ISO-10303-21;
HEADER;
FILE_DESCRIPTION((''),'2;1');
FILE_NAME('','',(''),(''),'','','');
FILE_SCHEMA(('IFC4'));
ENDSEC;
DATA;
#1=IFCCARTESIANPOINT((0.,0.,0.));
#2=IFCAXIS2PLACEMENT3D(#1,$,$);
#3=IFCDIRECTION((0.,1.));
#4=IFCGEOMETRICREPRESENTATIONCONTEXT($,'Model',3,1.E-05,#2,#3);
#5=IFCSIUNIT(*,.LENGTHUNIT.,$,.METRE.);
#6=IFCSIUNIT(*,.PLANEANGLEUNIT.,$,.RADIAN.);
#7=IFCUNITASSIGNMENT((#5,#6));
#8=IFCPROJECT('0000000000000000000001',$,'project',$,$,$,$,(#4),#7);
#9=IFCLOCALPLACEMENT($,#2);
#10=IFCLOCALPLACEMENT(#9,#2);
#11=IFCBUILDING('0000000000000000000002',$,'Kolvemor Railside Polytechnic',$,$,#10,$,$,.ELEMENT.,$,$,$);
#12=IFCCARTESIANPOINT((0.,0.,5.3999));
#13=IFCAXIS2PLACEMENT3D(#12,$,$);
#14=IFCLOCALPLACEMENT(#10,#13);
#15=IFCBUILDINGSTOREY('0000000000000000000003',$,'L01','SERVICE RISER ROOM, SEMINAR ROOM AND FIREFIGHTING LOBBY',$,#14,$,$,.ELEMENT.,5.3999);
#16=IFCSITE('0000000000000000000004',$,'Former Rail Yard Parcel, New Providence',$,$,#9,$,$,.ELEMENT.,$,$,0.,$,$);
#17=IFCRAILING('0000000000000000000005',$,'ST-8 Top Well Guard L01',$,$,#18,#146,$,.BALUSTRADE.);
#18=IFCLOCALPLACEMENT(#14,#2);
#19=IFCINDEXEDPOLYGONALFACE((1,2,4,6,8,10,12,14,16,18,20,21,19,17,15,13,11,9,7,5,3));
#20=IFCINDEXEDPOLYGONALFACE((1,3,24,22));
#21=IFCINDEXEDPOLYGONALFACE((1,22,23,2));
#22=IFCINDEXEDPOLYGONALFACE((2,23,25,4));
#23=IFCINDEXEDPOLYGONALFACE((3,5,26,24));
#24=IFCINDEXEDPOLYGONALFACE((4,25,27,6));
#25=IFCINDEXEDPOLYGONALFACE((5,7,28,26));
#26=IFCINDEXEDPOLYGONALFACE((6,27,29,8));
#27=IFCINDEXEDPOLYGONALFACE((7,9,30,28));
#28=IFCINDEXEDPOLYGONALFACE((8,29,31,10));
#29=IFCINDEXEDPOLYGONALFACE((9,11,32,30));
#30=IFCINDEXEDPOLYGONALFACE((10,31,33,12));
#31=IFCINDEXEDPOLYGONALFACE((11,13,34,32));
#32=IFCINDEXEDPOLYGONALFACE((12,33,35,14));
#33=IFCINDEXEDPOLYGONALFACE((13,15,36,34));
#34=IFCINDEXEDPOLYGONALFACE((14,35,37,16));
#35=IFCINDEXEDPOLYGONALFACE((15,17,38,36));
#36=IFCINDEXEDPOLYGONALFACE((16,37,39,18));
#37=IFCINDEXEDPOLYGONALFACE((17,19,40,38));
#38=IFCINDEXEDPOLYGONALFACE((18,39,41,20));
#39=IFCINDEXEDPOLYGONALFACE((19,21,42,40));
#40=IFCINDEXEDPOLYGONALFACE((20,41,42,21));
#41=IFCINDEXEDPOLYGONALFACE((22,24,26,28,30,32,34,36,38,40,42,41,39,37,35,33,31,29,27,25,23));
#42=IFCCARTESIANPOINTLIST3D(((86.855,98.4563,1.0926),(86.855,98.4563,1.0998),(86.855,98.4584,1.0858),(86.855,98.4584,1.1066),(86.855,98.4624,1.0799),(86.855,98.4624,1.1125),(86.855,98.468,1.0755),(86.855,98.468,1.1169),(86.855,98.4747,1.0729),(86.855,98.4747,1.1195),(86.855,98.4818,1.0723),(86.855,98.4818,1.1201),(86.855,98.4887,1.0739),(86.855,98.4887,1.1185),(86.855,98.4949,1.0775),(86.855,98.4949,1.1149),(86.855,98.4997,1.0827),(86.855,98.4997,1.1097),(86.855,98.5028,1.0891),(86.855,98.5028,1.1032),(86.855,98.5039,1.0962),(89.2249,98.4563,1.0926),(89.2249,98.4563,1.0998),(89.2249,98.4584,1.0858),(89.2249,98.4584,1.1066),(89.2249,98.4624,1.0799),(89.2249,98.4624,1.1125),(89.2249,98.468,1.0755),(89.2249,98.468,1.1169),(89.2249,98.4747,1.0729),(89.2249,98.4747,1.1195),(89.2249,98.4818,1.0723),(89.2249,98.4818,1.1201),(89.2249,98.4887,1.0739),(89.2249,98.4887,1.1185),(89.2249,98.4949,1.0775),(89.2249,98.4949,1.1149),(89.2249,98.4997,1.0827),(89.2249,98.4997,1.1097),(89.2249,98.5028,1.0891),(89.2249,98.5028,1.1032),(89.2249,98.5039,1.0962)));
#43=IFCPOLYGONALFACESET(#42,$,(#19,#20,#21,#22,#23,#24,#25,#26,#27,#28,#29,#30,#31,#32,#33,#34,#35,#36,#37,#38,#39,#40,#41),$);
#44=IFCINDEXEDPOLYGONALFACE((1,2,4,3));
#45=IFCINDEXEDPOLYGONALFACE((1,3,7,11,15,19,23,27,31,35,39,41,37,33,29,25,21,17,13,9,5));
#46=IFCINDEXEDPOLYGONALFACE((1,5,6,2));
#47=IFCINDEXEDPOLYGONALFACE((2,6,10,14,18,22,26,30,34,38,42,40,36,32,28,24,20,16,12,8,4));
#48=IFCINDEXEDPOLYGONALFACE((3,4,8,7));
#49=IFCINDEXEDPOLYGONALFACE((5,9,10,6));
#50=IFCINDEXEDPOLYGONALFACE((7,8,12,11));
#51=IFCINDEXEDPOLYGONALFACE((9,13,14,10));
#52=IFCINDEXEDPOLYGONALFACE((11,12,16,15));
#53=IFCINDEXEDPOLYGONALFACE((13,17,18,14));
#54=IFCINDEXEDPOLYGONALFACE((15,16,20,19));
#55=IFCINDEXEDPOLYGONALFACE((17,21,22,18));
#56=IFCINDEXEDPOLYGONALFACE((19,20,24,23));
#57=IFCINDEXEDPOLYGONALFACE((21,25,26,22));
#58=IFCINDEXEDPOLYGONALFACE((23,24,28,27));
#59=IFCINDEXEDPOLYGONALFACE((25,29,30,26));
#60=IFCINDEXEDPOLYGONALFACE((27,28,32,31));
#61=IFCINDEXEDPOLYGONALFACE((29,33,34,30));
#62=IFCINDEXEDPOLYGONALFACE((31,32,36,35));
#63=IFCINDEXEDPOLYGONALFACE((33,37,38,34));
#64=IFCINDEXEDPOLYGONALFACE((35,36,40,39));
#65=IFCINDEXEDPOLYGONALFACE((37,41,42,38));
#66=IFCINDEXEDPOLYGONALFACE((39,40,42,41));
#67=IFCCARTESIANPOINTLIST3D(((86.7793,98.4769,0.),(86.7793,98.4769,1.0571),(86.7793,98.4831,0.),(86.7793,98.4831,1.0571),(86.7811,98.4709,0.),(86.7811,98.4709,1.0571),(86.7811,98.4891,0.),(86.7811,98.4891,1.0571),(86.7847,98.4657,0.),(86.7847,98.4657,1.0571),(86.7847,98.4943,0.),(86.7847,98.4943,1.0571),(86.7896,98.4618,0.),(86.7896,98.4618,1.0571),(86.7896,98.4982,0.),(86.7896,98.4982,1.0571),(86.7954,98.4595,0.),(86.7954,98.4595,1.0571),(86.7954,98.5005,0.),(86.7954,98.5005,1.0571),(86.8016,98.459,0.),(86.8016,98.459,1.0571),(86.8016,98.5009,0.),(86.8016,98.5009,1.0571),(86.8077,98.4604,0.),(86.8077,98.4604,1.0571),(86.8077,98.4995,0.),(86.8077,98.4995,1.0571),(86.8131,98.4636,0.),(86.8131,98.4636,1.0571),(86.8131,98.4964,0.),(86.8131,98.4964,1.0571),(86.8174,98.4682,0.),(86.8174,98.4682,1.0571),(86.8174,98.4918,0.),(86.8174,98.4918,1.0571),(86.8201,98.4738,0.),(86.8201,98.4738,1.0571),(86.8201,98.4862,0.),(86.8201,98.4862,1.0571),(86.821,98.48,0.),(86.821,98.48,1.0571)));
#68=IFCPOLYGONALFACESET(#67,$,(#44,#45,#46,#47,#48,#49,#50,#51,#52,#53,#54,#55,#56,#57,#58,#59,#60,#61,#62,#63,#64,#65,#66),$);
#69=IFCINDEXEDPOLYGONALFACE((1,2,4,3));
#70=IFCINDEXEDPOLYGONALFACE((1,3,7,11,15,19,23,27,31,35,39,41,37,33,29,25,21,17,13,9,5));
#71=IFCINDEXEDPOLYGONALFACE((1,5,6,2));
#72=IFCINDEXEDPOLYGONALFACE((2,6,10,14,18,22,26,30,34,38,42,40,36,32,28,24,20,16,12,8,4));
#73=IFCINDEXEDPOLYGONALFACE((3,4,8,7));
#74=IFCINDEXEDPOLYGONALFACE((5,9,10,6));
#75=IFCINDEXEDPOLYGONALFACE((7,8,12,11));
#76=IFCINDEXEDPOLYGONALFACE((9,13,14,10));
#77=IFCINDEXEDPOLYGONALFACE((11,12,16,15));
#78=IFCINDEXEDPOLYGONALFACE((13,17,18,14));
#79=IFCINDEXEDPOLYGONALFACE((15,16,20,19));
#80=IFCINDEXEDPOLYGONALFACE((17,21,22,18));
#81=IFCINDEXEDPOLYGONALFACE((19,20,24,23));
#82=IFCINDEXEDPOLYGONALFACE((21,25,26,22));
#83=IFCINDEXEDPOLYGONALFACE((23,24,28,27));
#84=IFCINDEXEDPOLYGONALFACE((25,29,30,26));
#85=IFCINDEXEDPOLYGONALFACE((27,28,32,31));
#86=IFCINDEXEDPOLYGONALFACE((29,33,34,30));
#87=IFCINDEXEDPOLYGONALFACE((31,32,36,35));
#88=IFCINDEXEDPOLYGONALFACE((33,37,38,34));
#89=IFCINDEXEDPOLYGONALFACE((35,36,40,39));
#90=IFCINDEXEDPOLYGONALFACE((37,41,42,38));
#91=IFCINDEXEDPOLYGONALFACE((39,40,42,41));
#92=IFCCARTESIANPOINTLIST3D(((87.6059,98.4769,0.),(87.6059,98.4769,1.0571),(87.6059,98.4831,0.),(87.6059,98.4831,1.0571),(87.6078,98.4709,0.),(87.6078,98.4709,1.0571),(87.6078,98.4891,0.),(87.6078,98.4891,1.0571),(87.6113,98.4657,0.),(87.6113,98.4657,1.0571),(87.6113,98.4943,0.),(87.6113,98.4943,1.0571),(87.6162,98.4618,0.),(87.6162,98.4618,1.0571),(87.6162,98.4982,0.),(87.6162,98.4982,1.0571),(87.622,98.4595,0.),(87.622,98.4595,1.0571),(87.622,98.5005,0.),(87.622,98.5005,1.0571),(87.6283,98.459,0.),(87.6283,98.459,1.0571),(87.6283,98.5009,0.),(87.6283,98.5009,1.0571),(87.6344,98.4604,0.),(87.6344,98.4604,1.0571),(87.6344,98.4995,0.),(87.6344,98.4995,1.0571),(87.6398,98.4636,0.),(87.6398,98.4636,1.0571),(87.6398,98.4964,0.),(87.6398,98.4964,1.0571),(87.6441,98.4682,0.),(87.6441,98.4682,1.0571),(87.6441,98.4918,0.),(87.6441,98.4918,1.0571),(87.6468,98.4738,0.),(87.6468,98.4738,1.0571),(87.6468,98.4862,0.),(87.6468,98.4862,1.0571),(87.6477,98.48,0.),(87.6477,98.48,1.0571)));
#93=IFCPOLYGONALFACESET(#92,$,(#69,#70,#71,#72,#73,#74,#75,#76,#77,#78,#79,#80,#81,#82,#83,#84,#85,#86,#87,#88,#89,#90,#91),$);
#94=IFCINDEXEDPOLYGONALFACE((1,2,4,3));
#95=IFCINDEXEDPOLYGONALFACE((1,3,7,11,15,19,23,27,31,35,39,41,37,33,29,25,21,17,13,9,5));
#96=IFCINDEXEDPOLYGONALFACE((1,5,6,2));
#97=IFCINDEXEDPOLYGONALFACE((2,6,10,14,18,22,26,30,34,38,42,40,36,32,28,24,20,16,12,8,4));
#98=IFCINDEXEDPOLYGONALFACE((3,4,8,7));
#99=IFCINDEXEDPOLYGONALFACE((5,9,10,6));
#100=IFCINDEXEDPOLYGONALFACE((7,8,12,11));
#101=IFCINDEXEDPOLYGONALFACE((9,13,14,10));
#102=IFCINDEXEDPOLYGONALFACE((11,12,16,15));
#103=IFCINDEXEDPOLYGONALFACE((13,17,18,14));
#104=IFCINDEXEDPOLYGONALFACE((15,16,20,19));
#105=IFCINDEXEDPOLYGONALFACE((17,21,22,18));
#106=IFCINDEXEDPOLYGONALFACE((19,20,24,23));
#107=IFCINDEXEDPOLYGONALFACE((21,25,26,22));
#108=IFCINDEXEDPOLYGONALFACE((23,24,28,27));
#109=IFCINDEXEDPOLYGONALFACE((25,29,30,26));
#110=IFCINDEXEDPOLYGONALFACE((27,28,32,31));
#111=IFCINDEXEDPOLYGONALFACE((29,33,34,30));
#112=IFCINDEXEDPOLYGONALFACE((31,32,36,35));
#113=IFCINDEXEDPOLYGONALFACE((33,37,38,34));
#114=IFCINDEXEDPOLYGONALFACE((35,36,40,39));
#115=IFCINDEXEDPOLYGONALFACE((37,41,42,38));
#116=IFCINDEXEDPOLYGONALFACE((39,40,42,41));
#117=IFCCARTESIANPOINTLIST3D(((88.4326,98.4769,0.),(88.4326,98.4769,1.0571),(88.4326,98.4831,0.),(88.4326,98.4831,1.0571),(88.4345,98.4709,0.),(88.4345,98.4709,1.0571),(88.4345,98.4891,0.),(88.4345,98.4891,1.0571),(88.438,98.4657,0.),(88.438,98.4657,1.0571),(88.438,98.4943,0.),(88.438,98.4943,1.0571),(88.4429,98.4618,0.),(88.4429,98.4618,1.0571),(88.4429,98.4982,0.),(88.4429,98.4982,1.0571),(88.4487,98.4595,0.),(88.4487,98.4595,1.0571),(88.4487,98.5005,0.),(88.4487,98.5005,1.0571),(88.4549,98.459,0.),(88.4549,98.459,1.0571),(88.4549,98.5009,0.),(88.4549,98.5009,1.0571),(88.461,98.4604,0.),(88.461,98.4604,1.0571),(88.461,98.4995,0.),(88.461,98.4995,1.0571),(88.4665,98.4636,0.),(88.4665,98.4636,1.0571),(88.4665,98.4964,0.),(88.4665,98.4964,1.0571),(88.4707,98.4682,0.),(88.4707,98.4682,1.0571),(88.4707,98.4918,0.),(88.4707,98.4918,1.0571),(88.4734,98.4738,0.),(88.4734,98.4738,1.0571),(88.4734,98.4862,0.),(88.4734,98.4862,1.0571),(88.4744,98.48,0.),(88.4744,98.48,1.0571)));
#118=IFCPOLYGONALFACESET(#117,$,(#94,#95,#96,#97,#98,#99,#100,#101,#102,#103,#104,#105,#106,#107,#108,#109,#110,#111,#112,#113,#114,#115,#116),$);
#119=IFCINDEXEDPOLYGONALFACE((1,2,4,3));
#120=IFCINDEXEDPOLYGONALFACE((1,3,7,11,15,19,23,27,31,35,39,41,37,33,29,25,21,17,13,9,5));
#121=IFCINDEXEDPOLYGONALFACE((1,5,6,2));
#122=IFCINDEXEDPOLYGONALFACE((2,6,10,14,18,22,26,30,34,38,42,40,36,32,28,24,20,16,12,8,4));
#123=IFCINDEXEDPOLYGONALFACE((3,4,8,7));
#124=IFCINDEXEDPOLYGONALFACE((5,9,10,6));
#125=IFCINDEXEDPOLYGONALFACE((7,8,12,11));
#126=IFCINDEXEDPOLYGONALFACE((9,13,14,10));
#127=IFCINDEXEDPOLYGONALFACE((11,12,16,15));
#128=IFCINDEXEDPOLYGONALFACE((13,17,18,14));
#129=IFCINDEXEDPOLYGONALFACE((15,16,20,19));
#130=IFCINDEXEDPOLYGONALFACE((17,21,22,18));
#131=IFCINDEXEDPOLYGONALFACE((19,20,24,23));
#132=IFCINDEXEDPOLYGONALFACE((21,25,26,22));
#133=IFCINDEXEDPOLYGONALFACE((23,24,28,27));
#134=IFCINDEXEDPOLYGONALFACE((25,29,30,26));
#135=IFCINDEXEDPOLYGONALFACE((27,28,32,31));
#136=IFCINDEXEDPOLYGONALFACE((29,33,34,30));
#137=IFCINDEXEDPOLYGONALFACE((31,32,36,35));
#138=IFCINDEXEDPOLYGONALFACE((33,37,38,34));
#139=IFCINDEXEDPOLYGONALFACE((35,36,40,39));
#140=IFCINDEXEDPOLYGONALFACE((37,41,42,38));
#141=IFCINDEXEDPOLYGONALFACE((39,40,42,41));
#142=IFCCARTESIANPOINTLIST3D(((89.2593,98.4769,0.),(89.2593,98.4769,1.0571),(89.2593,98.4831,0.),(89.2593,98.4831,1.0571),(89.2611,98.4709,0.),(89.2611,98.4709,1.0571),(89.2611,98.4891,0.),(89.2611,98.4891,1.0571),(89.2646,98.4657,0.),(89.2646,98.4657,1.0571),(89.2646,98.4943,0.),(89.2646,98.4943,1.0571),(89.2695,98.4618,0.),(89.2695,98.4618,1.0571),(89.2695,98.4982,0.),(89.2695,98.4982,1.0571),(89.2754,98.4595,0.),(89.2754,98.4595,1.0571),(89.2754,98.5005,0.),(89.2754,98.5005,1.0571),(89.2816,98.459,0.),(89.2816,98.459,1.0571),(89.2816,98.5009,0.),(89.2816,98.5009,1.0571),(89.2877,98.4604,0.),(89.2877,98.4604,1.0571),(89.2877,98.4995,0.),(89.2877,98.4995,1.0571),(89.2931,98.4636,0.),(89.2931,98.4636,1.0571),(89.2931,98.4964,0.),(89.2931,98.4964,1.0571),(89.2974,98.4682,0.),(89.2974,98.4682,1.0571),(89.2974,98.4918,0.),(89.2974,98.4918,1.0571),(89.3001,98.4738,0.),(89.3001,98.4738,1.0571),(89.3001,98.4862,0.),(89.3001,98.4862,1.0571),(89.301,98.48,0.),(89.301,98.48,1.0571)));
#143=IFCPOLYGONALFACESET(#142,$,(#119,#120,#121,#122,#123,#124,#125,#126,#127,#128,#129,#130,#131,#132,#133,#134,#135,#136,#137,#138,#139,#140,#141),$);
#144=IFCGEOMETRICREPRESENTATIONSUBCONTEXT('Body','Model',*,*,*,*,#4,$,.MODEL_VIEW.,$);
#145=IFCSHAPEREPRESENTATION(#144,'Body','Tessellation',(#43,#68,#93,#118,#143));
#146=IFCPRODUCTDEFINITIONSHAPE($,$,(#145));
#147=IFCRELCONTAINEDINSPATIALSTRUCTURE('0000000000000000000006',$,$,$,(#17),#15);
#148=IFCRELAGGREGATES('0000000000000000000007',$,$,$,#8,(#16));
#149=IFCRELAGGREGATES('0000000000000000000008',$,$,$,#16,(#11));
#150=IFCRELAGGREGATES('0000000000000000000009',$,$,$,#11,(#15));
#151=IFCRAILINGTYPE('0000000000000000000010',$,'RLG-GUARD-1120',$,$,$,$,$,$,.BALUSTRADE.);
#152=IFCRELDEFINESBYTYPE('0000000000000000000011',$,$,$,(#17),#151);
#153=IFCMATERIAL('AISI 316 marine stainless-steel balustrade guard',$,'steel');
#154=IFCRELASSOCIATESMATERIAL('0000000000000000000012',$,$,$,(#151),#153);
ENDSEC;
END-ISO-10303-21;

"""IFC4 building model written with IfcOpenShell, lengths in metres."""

from ifc_helpers import new_model, si_unit, direction, frame, origin, origin_2d, place, context, subcontext, project, spatial, circle, extrude, material, type_object, element, save


model = new_model("IFC4")

# Units and contexts
model_context = context("Model", 3, precision=1e-05, world=origin(), true_north=direction((0.0, 1.0)))
body_context = subcontext(model_context, "Body", "Model", "MODEL_VIEW")
ifc_project = project(units=[si_unit("LENGTHUNIT", "METRE"), si_unit("PLANEANGLEUNIT", "RADIAN")], contexts=[model_context])

# Site, building, storey
site_placement = place(None, origin())
site = spatial("IfcSite", under=ifc_project, at=site_placement, Name="Former Rail Yard Parcel, New Providence", CompositionType="ELEMENT", RefElevation=0.0)
building_placement = place(site_placement, origin())
building = spatial("IfcBuilding", under=site, at=building_placement, Name="Kolvemor Railside Polytechnic", CompositionType="ELEMENT")
storey_placement = place(building_placement, frame((0.0, 0.0, 5.3999)))
storey = spatial("IfcBuildingStorey", under=building, at=storey_placement, Name="L01", Description="SERVICE RISER ROOM, SEMINAR ROOM AND FIREFIGHTING LOBBY", CompositionType="ELEMENT", Elevation=5.3999)

# Railing
ifc_material_1 = material(Name="AISI 316 marine stainless-steel balustrade guard", Category="steel")
railing_type = type_object("IfcRailingType", Name="RLG-GUARD-1120", PredefinedType="BALUSTRADE", material=ifc_material_1)
railing_placement = place(storey_placement, frame((86.8, 98.48, 0.0)))
element("IfcRailing", 1, at=railing_placement, inside=storey, type_object=railing_type, Name="ST-8 Top Well Guard L01", PredefinedType="BALUSTRADE", context=body_context, shape_type="SweptSolid", body=[
    extrude(circle(Radius=0.0239, at=origin_2d()), frame((0.0549, 0.0, 1.0962), z_axis=(1.0, 0.0, 0.0), x_axis=(0.0, 1.0, 0.0)), (0.0, 0.0, 1.0), 2.3699),
    extrude(circle(Radius=0.021, at=origin_2d()), origin(), (0.0, 0.0, 1.0), 1.0571),
    extrude(circle(Radius=0.021, at=origin_2d()), frame((0.8267, 0.0, 0.0)), (0.0, 0.0, 1.0), 1.0571),
    extrude(circle(Radius=0.021, at=origin_2d()), frame((1.6533, 0.0, 0.0)), (0.0, 0.0, 1.0), 1.0571),
    extrude(circle(Radius=0.021, at=origin_2d()), frame((2.48, 0.0, 0.0)), (0.0, 0.0, 1.0), 1.0571),
])

save(model, "model.ifc")
